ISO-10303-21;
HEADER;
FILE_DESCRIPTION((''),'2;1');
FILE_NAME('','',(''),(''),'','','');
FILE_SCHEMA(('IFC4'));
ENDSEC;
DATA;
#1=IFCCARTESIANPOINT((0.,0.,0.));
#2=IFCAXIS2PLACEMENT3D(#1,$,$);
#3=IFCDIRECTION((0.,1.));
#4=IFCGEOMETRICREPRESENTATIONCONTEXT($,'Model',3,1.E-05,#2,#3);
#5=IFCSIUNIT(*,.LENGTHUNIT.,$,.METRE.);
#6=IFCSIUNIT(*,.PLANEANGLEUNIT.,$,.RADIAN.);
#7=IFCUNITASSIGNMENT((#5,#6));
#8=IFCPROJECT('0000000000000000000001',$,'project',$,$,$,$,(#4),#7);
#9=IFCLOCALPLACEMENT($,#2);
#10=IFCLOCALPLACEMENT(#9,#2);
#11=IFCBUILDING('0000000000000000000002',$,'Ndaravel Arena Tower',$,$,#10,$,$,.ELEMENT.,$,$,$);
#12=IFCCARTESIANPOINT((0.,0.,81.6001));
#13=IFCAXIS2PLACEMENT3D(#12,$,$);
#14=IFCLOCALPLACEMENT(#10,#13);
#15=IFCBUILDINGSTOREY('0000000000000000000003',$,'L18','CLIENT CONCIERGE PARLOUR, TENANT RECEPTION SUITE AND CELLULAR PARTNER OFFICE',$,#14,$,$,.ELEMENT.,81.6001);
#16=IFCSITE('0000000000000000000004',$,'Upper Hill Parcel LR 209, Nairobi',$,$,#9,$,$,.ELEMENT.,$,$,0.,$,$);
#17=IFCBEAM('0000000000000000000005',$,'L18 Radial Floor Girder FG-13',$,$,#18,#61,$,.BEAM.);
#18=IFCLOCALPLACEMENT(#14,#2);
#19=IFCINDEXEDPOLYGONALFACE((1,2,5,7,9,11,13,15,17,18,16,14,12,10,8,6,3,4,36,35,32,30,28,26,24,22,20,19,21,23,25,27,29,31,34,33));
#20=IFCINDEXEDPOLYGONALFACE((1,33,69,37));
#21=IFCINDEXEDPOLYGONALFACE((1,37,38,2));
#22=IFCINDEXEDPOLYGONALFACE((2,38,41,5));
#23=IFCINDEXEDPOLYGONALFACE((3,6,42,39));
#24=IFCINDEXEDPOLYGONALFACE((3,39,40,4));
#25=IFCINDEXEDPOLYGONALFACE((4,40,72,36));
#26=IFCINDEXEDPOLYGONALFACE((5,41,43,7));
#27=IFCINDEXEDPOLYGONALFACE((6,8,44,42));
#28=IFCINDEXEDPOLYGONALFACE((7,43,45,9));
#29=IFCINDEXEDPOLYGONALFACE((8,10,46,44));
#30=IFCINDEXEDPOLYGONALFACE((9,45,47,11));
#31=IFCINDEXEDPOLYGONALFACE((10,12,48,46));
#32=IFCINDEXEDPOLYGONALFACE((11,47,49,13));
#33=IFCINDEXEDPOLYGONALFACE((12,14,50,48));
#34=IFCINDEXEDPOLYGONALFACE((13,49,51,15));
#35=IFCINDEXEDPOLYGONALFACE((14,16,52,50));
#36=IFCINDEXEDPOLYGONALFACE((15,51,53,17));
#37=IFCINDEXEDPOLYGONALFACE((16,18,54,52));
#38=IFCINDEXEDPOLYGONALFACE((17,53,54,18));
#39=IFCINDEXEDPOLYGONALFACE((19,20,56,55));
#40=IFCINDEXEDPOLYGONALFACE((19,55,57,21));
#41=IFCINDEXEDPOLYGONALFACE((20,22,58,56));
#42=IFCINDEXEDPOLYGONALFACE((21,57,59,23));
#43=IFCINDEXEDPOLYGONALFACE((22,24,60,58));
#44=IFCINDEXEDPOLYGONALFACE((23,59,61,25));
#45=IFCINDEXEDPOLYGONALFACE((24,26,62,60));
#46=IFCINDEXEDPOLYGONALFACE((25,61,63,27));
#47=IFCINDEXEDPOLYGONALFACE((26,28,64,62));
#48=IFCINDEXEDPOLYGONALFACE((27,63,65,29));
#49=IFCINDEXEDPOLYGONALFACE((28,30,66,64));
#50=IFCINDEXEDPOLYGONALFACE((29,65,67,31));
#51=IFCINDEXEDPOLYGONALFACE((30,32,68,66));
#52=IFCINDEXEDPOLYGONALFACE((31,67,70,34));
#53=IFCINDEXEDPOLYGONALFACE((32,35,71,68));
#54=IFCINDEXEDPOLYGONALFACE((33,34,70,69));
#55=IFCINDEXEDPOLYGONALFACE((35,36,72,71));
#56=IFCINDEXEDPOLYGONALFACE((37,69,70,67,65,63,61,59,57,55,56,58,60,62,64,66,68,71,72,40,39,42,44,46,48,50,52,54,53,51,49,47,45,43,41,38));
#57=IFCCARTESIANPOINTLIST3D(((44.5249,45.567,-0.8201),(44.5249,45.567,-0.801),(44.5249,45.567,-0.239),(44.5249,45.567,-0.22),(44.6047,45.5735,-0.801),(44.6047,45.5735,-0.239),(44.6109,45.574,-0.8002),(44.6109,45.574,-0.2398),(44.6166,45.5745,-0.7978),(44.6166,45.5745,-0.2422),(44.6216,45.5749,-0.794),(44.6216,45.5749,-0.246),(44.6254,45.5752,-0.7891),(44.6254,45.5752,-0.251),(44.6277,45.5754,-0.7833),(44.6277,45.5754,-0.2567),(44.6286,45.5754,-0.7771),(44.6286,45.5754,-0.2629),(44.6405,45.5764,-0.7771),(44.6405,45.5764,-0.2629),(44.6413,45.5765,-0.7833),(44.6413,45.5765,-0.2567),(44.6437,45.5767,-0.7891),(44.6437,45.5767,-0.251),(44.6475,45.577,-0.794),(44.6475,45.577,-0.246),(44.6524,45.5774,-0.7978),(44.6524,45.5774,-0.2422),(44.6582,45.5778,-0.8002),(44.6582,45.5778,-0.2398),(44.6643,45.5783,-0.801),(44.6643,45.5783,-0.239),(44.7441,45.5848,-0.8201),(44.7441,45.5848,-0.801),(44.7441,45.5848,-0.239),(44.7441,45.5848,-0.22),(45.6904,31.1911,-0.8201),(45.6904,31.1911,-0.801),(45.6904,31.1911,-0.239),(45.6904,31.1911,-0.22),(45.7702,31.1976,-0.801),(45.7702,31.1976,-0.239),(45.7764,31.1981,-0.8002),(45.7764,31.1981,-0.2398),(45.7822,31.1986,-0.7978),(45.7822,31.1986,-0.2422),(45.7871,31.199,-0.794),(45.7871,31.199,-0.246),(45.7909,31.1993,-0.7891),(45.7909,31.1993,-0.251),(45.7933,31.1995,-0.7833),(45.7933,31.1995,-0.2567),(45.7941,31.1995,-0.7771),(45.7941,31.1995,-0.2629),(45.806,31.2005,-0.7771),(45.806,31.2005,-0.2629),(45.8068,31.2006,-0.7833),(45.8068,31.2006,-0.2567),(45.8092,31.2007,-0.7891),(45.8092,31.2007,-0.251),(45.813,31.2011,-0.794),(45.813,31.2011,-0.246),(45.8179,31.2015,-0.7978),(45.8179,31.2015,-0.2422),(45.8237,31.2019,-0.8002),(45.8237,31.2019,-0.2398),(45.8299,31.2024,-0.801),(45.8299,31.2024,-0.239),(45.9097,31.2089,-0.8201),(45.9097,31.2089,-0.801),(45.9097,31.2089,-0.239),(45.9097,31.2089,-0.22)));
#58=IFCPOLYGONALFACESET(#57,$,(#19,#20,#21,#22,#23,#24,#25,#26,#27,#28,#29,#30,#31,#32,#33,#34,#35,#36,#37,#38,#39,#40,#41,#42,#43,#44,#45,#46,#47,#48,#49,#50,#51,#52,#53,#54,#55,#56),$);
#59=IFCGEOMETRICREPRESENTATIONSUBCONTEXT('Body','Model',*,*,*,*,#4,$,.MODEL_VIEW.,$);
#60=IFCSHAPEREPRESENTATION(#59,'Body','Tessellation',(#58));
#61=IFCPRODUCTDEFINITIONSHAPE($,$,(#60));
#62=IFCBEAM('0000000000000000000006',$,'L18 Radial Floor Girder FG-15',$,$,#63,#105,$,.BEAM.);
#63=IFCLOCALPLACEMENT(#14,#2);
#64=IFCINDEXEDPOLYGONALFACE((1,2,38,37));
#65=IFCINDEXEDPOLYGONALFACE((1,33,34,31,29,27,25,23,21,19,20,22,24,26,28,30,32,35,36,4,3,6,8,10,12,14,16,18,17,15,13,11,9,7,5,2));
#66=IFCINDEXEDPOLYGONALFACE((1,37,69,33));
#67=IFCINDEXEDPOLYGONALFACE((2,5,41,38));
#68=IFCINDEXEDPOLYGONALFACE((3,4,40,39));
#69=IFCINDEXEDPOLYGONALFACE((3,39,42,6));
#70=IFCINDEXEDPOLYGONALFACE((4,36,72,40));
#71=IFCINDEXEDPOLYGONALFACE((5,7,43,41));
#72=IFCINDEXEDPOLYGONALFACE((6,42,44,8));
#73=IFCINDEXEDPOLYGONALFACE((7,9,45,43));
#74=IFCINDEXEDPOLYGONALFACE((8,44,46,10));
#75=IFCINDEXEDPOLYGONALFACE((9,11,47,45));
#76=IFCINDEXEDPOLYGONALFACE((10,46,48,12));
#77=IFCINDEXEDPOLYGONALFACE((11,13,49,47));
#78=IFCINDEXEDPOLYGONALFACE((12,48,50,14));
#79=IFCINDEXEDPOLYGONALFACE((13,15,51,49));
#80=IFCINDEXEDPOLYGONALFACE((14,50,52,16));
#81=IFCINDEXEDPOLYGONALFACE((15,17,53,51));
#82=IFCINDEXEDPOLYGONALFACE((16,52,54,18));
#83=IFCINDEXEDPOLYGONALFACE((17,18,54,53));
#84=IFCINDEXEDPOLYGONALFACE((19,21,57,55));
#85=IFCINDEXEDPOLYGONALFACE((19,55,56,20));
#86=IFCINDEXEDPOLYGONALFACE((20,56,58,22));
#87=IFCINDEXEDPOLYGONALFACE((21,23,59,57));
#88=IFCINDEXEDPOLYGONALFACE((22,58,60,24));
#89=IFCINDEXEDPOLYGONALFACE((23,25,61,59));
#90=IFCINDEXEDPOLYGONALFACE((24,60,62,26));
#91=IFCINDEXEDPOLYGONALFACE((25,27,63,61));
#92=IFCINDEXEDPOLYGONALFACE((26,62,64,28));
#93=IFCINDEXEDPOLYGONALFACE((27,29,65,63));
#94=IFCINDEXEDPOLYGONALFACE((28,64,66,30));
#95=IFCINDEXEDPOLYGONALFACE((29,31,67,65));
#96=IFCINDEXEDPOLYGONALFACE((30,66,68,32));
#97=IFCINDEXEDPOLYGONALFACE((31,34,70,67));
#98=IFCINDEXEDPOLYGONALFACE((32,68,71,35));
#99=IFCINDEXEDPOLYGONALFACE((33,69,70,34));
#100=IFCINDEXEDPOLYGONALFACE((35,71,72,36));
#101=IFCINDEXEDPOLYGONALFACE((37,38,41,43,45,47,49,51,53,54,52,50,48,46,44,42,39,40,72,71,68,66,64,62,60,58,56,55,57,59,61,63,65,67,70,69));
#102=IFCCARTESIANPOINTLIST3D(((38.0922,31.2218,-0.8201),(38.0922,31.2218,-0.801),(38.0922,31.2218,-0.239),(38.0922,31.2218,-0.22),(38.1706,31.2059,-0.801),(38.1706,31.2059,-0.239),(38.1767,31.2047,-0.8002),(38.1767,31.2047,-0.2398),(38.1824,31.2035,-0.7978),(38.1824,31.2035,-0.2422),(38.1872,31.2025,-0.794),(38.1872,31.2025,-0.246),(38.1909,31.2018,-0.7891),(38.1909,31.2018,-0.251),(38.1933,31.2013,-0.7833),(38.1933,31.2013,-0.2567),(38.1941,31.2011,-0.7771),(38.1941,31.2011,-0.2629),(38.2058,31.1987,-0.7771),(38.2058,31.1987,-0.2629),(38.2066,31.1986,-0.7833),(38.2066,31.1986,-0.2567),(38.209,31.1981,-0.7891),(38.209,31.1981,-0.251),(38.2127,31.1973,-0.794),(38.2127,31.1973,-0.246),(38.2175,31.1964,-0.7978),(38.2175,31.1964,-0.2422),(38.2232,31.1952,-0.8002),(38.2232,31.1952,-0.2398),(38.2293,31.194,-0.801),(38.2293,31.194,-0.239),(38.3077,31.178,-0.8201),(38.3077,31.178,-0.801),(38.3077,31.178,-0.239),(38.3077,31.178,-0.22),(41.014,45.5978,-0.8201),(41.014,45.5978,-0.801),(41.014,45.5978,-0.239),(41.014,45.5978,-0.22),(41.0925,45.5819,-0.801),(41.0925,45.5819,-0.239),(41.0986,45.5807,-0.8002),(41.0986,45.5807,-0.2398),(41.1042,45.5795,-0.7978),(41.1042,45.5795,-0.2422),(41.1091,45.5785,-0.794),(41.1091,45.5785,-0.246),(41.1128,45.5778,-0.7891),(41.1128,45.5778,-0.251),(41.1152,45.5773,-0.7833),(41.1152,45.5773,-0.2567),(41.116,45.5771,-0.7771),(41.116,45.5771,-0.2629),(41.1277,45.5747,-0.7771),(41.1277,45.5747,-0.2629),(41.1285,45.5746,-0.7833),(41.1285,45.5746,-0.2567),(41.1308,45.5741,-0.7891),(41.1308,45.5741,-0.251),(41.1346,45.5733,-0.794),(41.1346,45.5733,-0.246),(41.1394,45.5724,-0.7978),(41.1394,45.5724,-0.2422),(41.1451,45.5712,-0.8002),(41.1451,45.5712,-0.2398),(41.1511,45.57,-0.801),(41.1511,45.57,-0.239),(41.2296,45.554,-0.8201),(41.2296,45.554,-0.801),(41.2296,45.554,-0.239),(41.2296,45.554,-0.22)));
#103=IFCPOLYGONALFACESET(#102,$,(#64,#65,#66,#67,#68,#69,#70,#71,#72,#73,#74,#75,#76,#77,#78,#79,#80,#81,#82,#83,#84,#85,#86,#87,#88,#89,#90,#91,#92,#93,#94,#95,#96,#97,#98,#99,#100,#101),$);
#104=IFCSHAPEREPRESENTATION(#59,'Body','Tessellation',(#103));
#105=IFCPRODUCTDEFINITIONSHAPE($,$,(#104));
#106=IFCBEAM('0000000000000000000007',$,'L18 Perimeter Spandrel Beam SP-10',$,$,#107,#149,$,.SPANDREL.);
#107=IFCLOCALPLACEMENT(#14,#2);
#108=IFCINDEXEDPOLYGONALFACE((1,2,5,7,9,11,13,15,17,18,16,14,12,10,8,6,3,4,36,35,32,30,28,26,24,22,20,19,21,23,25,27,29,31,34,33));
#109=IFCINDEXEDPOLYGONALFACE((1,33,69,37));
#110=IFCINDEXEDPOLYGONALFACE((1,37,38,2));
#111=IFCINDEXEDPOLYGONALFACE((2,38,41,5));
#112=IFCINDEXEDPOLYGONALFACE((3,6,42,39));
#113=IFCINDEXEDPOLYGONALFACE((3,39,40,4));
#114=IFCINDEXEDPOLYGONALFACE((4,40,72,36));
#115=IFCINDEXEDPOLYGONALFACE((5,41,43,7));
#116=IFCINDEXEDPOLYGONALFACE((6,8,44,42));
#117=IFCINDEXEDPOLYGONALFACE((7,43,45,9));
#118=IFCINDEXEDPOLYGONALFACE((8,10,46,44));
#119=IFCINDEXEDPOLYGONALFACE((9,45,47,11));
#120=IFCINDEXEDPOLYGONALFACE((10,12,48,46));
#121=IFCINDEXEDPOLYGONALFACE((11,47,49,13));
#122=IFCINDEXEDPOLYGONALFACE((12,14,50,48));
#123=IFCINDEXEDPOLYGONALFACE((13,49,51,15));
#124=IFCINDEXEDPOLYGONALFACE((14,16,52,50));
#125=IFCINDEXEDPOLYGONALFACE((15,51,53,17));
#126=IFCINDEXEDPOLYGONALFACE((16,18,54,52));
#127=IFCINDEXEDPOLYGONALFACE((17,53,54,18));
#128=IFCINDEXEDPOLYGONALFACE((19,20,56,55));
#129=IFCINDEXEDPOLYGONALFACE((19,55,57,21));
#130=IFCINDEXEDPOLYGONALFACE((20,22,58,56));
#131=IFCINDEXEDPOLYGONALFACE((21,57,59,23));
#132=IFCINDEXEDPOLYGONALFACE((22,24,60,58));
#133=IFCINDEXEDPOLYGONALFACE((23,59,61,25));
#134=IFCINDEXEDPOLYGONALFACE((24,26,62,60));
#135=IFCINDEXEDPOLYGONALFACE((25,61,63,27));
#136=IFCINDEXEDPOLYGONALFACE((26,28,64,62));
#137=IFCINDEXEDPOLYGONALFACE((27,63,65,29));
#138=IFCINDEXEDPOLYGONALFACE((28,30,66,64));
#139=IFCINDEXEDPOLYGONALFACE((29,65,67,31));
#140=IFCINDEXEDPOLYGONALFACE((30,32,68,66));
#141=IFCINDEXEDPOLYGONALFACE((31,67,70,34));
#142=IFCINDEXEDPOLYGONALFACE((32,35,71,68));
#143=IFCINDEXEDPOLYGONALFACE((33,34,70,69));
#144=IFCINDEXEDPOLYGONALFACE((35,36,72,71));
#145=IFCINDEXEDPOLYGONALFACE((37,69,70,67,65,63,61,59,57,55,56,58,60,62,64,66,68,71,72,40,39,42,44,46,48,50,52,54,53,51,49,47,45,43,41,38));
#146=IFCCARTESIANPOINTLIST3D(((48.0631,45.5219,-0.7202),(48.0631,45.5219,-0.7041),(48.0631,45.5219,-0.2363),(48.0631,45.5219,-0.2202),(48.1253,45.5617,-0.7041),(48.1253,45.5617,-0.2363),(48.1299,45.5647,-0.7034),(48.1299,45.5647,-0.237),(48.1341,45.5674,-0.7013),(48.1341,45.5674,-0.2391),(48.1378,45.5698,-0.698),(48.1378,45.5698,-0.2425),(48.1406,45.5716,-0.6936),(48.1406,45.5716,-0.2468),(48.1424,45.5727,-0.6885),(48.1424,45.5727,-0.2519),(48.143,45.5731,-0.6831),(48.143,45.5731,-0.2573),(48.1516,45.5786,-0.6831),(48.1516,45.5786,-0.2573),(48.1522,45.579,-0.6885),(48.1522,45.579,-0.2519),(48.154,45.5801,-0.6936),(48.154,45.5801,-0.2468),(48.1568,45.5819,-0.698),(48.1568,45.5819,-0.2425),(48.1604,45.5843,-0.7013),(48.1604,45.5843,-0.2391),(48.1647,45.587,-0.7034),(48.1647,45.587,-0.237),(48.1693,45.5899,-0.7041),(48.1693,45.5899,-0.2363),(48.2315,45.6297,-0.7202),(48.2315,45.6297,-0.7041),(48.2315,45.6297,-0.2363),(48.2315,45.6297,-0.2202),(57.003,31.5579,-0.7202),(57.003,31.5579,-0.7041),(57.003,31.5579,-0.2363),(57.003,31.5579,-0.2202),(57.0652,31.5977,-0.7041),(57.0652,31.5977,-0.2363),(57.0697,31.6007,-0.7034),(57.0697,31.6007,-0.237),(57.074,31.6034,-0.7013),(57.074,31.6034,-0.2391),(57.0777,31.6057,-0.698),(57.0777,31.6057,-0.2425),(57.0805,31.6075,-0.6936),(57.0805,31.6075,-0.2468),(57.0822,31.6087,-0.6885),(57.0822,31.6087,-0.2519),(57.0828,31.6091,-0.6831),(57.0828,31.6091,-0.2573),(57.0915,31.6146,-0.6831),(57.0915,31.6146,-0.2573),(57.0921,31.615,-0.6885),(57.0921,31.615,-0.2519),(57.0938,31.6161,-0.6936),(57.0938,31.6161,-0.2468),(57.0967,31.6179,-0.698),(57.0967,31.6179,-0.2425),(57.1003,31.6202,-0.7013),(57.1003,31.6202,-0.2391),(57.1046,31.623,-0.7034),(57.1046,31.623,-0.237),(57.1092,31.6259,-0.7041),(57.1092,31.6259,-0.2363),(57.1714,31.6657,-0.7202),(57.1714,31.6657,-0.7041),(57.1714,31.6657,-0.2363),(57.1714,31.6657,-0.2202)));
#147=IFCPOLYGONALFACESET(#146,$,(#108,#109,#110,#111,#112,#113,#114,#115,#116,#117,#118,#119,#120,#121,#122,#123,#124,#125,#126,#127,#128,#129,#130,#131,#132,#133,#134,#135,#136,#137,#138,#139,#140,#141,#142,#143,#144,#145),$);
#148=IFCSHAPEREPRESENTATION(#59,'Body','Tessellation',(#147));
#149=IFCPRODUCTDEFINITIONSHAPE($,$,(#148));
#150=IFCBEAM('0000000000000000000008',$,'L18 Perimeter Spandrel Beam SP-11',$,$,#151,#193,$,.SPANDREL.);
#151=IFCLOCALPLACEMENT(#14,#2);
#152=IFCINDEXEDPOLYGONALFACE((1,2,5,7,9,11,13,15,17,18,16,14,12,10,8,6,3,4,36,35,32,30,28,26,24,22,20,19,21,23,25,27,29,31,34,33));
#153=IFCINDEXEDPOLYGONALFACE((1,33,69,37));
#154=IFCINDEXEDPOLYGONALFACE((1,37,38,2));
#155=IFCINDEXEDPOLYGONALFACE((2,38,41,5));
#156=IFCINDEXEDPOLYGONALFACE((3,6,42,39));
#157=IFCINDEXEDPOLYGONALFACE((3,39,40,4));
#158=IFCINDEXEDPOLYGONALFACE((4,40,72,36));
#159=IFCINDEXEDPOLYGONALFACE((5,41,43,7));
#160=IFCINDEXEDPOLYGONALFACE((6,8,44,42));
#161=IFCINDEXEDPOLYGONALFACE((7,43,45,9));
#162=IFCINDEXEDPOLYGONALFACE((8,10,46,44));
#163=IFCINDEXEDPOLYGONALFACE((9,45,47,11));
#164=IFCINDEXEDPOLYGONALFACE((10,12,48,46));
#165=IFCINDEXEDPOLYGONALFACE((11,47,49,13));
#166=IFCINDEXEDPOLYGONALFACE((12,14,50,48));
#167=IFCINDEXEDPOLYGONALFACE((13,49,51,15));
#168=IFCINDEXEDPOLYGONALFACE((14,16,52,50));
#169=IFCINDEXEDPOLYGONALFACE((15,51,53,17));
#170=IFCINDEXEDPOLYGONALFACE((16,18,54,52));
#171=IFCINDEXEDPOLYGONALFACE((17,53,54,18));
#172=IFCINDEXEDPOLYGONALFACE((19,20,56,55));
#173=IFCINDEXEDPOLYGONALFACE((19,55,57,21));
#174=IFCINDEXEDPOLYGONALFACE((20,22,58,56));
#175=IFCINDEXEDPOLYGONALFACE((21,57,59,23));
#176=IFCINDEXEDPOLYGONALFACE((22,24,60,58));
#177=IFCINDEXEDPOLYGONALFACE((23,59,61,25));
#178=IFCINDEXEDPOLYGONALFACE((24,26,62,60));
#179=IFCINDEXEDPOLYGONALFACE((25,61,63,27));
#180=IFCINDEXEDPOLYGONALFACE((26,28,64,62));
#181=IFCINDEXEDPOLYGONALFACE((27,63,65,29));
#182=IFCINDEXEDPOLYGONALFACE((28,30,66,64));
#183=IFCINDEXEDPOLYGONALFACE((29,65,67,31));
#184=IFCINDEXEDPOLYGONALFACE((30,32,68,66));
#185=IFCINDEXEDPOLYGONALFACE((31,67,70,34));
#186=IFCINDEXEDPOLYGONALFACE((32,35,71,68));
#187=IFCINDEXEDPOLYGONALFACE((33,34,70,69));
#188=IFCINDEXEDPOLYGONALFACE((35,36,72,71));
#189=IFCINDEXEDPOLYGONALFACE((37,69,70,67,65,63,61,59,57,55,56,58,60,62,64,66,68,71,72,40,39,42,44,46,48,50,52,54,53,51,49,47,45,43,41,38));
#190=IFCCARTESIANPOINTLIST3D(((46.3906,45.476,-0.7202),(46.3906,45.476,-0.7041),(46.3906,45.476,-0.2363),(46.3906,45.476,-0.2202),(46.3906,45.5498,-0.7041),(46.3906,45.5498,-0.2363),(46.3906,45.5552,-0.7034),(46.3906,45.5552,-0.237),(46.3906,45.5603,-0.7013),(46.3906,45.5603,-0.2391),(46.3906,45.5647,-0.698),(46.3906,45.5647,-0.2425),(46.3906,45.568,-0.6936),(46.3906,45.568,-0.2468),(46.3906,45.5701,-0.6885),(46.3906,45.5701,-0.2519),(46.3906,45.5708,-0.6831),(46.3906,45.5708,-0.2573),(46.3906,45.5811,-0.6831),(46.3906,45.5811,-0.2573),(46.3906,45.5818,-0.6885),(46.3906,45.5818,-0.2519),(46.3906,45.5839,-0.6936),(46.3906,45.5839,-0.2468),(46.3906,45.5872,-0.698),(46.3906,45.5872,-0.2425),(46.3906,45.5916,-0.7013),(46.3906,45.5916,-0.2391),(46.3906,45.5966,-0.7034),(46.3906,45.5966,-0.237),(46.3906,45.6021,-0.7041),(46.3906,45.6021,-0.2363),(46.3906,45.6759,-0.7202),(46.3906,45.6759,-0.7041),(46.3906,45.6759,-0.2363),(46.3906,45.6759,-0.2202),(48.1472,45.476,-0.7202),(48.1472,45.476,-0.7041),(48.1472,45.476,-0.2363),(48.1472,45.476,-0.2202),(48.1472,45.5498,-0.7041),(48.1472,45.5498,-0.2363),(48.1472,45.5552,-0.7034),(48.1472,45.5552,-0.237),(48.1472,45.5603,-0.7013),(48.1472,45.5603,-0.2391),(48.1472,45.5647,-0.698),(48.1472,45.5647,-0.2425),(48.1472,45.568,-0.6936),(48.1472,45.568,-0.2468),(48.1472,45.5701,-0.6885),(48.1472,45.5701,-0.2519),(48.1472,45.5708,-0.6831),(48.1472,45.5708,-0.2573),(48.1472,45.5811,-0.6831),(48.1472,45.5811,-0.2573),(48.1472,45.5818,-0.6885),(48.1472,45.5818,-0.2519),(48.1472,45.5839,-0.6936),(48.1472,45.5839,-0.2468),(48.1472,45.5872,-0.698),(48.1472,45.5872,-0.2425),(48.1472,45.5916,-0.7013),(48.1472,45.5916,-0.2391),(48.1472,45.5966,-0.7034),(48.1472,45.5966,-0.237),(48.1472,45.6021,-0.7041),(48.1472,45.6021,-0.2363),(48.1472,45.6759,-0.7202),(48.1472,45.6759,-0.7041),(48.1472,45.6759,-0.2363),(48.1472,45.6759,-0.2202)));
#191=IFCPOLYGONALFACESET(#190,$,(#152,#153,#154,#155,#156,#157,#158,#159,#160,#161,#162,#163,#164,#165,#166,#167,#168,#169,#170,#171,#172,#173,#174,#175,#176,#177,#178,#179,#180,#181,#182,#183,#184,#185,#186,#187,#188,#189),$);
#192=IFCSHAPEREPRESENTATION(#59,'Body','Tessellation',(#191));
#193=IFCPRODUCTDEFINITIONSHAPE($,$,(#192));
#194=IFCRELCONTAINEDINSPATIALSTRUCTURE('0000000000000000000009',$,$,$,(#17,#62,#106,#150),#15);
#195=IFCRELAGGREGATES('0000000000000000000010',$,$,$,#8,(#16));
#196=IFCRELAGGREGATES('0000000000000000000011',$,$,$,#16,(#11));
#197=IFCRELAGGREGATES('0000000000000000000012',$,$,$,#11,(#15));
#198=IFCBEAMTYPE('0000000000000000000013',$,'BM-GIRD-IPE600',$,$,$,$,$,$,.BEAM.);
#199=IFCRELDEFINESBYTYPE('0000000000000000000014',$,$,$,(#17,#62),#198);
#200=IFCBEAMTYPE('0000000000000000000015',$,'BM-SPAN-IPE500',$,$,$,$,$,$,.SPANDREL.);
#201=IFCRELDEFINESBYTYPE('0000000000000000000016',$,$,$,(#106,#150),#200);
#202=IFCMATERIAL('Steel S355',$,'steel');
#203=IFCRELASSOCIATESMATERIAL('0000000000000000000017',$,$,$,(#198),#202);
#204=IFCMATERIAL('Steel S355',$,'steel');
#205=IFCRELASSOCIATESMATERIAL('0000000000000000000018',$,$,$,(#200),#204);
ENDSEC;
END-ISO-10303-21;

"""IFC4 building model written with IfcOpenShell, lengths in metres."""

from ifc_helpers import new_model, si_unit, direction, frame, origin, origin_2d, place, context, subcontext, project, spatial, i_section, extrude, material, material_profile, profile_set, type_object, element, save


model = new_model("IFC4")

# Units and contexts
model_context = context("Model", 3, precision=1e-05, world=origin(), true_north=direction((0.0, 1.0)))
body_context = subcontext(model_context, "Body", "Model", "MODEL_VIEW")
ifc_project = project(units=[si_unit("LENGTHUNIT", "METRE"), si_unit("PLANEANGLEUNIT", "RADIAN")], contexts=[model_context])

# Site, building, storey
site_placement = place(None, origin())
site = spatial("IfcSite", under=ifc_project, at=site_placement, Name="Upper Hill Parcel LR 209, Nairobi", CompositionType="ELEMENT", RefElevation=0.0)
building_placement = place(site_placement, origin())
building = spatial("IfcBuilding", under=site, at=building_placement, Name="Ndaravel Arena Tower", CompositionType="ELEMENT")
storey_placement = place(building_placement, frame((0.0, 0.0, 81.6001)))
storey = spatial("IfcBuildingStorey", under=building, at=storey_placement, Name="L18", Description="CLIENT CONCIERGE PARLOUR, TENANT RECEPTION SUITE AND CELLULAR PARTNER OFFICE", CompositionType="ELEMENT", Elevation=81.6001)

# Beams
ifc_material_1 = material(Name="Steel S355", Category="steel")
ifc_material_profile_1 = material_profile(ifc_material_1, i_section(OverallWidth=0.22, OverallDepth=0.6001, WebThickness=0.012, FlangeThickness=0.019, FilletRadius=0.0239, at=origin_2d()), Name="IPE 600")
ifc_profile_set_1 = profile_set([ifc_material_profile_1], Name="Steel S355")
beam_type_1 = type_object("IfcBeamType", Name="BM-GIRD-IPE600", PredefinedType="BEAM", material=ifc_profile_set_1)
beam_1_placement = place(storey_placement, frame((44.6345, 45.5759, -0.52), z_axis=(0.08081, -0.99673, 0.0), x_axis=(0.99673, 0.08081, 0.0)))
element("IfcBeam", 1, at=beam_1_placement, inside=storey, type_object=beam_type_1, Name="L18 Radial Floor Girder FG-13", PredefinedType="BEAM", context=body_context, shape_type="SweptSolid", body=[
    extrude(i_section(OverallWidth=0.22, OverallDepth=0.6001, WebThickness=0.012, FlangeThickness=0.019, FilletRadius=0.0239, at=origin_2d()), origin(), (0.0, 0.0, 1.0), 14.4231),
])
beam_2_placement = place(storey_placement, frame((41.1218, 45.5759, -0.52), z_axis=(-0.199175, -0.979964, 0.0), x_axis=(0.979964, -0.199175, 0.0)))
element("IfcBeam", 2, at=beam_2_placement, inside=storey, type_object=beam_type_1, Name="L18 Radial Floor Girder FG-15", PredefinedType="BEAM", context=body_context, shape_type="SweptSolid", body=[
    extrude(i_section(OverallWidth=0.22, OverallDepth=0.6001, WebThickness=0.012, FlangeThickness=0.019, FilletRadius=0.0239, at=origin_2d()), origin(), (0.0, 0.0, 1.0), 14.6699),
])
ifc_material_2 = material(Name="Steel S355", Category="steel")
ifc_material_profile_2 = material_profile(ifc_material_2, i_section(OverallWidth=0.2, OverallDepth=0.5, WebThickness=0.0103, FlangeThickness=0.0161, FilletRadius=0.021, at=origin_2d()), Name="IPE 500")
ifc_profile_set_2 = profile_set([ifc_material_profile_2], Name="Steel S355")
beam_type_2 = type_object("IfcBeamType", Name="BM-SPAN-IPE500", PredefinedType="SPANDREL", material=ifc_profile_set_2)
beam_3_placement = place(storey_placement, frame((57.0872, 31.6118, -0.4702), z_axis=(-0.539178, 0.842192, 0.0), x_axis=(-0.842192, -0.539178, 0.0)))
element("IfcBeam", 3, at=beam_3_placement, inside=storey, type_object=beam_type_2, Name="L18 Perimeter Spandrel Beam SP-10", PredefinedType="SPANDREL", context=body_context, shape_type="SweptSolid", body=[
    extrude(i_section(OverallWidth=0.2, OverallDepth=0.5, WebThickness=0.0103, FlangeThickness=0.0161, FilletRadius=0.021, at=origin_2d()), origin(), (0.0, 0.0, 1.0), 16.5806),
])
beam_4_placement = place(storey_placement, frame((48.1472, 45.5759, -0.4702), z_axis=(-1.0, 0.0, 0.0), x_axis=(0.0, -1.0, 0.0)))
element("IfcBeam", 4, at=beam_4_placement, inside=storey, type_object=beam_type_2, Name="L18 Perimeter Spandrel Beam SP-11", PredefinedType="SPANDREL", context=body_context, shape_type="SweptSolid", body=[
    extrude(i_section(OverallWidth=0.2, OverallDepth=0.5, WebThickness=0.0103, FlangeThickness=0.0161, FilletRadius=0.021, at=origin_2d()), origin(), (0.0, 0.0, 1.0), 1.7566),
])

save(model, "model.ifc")
